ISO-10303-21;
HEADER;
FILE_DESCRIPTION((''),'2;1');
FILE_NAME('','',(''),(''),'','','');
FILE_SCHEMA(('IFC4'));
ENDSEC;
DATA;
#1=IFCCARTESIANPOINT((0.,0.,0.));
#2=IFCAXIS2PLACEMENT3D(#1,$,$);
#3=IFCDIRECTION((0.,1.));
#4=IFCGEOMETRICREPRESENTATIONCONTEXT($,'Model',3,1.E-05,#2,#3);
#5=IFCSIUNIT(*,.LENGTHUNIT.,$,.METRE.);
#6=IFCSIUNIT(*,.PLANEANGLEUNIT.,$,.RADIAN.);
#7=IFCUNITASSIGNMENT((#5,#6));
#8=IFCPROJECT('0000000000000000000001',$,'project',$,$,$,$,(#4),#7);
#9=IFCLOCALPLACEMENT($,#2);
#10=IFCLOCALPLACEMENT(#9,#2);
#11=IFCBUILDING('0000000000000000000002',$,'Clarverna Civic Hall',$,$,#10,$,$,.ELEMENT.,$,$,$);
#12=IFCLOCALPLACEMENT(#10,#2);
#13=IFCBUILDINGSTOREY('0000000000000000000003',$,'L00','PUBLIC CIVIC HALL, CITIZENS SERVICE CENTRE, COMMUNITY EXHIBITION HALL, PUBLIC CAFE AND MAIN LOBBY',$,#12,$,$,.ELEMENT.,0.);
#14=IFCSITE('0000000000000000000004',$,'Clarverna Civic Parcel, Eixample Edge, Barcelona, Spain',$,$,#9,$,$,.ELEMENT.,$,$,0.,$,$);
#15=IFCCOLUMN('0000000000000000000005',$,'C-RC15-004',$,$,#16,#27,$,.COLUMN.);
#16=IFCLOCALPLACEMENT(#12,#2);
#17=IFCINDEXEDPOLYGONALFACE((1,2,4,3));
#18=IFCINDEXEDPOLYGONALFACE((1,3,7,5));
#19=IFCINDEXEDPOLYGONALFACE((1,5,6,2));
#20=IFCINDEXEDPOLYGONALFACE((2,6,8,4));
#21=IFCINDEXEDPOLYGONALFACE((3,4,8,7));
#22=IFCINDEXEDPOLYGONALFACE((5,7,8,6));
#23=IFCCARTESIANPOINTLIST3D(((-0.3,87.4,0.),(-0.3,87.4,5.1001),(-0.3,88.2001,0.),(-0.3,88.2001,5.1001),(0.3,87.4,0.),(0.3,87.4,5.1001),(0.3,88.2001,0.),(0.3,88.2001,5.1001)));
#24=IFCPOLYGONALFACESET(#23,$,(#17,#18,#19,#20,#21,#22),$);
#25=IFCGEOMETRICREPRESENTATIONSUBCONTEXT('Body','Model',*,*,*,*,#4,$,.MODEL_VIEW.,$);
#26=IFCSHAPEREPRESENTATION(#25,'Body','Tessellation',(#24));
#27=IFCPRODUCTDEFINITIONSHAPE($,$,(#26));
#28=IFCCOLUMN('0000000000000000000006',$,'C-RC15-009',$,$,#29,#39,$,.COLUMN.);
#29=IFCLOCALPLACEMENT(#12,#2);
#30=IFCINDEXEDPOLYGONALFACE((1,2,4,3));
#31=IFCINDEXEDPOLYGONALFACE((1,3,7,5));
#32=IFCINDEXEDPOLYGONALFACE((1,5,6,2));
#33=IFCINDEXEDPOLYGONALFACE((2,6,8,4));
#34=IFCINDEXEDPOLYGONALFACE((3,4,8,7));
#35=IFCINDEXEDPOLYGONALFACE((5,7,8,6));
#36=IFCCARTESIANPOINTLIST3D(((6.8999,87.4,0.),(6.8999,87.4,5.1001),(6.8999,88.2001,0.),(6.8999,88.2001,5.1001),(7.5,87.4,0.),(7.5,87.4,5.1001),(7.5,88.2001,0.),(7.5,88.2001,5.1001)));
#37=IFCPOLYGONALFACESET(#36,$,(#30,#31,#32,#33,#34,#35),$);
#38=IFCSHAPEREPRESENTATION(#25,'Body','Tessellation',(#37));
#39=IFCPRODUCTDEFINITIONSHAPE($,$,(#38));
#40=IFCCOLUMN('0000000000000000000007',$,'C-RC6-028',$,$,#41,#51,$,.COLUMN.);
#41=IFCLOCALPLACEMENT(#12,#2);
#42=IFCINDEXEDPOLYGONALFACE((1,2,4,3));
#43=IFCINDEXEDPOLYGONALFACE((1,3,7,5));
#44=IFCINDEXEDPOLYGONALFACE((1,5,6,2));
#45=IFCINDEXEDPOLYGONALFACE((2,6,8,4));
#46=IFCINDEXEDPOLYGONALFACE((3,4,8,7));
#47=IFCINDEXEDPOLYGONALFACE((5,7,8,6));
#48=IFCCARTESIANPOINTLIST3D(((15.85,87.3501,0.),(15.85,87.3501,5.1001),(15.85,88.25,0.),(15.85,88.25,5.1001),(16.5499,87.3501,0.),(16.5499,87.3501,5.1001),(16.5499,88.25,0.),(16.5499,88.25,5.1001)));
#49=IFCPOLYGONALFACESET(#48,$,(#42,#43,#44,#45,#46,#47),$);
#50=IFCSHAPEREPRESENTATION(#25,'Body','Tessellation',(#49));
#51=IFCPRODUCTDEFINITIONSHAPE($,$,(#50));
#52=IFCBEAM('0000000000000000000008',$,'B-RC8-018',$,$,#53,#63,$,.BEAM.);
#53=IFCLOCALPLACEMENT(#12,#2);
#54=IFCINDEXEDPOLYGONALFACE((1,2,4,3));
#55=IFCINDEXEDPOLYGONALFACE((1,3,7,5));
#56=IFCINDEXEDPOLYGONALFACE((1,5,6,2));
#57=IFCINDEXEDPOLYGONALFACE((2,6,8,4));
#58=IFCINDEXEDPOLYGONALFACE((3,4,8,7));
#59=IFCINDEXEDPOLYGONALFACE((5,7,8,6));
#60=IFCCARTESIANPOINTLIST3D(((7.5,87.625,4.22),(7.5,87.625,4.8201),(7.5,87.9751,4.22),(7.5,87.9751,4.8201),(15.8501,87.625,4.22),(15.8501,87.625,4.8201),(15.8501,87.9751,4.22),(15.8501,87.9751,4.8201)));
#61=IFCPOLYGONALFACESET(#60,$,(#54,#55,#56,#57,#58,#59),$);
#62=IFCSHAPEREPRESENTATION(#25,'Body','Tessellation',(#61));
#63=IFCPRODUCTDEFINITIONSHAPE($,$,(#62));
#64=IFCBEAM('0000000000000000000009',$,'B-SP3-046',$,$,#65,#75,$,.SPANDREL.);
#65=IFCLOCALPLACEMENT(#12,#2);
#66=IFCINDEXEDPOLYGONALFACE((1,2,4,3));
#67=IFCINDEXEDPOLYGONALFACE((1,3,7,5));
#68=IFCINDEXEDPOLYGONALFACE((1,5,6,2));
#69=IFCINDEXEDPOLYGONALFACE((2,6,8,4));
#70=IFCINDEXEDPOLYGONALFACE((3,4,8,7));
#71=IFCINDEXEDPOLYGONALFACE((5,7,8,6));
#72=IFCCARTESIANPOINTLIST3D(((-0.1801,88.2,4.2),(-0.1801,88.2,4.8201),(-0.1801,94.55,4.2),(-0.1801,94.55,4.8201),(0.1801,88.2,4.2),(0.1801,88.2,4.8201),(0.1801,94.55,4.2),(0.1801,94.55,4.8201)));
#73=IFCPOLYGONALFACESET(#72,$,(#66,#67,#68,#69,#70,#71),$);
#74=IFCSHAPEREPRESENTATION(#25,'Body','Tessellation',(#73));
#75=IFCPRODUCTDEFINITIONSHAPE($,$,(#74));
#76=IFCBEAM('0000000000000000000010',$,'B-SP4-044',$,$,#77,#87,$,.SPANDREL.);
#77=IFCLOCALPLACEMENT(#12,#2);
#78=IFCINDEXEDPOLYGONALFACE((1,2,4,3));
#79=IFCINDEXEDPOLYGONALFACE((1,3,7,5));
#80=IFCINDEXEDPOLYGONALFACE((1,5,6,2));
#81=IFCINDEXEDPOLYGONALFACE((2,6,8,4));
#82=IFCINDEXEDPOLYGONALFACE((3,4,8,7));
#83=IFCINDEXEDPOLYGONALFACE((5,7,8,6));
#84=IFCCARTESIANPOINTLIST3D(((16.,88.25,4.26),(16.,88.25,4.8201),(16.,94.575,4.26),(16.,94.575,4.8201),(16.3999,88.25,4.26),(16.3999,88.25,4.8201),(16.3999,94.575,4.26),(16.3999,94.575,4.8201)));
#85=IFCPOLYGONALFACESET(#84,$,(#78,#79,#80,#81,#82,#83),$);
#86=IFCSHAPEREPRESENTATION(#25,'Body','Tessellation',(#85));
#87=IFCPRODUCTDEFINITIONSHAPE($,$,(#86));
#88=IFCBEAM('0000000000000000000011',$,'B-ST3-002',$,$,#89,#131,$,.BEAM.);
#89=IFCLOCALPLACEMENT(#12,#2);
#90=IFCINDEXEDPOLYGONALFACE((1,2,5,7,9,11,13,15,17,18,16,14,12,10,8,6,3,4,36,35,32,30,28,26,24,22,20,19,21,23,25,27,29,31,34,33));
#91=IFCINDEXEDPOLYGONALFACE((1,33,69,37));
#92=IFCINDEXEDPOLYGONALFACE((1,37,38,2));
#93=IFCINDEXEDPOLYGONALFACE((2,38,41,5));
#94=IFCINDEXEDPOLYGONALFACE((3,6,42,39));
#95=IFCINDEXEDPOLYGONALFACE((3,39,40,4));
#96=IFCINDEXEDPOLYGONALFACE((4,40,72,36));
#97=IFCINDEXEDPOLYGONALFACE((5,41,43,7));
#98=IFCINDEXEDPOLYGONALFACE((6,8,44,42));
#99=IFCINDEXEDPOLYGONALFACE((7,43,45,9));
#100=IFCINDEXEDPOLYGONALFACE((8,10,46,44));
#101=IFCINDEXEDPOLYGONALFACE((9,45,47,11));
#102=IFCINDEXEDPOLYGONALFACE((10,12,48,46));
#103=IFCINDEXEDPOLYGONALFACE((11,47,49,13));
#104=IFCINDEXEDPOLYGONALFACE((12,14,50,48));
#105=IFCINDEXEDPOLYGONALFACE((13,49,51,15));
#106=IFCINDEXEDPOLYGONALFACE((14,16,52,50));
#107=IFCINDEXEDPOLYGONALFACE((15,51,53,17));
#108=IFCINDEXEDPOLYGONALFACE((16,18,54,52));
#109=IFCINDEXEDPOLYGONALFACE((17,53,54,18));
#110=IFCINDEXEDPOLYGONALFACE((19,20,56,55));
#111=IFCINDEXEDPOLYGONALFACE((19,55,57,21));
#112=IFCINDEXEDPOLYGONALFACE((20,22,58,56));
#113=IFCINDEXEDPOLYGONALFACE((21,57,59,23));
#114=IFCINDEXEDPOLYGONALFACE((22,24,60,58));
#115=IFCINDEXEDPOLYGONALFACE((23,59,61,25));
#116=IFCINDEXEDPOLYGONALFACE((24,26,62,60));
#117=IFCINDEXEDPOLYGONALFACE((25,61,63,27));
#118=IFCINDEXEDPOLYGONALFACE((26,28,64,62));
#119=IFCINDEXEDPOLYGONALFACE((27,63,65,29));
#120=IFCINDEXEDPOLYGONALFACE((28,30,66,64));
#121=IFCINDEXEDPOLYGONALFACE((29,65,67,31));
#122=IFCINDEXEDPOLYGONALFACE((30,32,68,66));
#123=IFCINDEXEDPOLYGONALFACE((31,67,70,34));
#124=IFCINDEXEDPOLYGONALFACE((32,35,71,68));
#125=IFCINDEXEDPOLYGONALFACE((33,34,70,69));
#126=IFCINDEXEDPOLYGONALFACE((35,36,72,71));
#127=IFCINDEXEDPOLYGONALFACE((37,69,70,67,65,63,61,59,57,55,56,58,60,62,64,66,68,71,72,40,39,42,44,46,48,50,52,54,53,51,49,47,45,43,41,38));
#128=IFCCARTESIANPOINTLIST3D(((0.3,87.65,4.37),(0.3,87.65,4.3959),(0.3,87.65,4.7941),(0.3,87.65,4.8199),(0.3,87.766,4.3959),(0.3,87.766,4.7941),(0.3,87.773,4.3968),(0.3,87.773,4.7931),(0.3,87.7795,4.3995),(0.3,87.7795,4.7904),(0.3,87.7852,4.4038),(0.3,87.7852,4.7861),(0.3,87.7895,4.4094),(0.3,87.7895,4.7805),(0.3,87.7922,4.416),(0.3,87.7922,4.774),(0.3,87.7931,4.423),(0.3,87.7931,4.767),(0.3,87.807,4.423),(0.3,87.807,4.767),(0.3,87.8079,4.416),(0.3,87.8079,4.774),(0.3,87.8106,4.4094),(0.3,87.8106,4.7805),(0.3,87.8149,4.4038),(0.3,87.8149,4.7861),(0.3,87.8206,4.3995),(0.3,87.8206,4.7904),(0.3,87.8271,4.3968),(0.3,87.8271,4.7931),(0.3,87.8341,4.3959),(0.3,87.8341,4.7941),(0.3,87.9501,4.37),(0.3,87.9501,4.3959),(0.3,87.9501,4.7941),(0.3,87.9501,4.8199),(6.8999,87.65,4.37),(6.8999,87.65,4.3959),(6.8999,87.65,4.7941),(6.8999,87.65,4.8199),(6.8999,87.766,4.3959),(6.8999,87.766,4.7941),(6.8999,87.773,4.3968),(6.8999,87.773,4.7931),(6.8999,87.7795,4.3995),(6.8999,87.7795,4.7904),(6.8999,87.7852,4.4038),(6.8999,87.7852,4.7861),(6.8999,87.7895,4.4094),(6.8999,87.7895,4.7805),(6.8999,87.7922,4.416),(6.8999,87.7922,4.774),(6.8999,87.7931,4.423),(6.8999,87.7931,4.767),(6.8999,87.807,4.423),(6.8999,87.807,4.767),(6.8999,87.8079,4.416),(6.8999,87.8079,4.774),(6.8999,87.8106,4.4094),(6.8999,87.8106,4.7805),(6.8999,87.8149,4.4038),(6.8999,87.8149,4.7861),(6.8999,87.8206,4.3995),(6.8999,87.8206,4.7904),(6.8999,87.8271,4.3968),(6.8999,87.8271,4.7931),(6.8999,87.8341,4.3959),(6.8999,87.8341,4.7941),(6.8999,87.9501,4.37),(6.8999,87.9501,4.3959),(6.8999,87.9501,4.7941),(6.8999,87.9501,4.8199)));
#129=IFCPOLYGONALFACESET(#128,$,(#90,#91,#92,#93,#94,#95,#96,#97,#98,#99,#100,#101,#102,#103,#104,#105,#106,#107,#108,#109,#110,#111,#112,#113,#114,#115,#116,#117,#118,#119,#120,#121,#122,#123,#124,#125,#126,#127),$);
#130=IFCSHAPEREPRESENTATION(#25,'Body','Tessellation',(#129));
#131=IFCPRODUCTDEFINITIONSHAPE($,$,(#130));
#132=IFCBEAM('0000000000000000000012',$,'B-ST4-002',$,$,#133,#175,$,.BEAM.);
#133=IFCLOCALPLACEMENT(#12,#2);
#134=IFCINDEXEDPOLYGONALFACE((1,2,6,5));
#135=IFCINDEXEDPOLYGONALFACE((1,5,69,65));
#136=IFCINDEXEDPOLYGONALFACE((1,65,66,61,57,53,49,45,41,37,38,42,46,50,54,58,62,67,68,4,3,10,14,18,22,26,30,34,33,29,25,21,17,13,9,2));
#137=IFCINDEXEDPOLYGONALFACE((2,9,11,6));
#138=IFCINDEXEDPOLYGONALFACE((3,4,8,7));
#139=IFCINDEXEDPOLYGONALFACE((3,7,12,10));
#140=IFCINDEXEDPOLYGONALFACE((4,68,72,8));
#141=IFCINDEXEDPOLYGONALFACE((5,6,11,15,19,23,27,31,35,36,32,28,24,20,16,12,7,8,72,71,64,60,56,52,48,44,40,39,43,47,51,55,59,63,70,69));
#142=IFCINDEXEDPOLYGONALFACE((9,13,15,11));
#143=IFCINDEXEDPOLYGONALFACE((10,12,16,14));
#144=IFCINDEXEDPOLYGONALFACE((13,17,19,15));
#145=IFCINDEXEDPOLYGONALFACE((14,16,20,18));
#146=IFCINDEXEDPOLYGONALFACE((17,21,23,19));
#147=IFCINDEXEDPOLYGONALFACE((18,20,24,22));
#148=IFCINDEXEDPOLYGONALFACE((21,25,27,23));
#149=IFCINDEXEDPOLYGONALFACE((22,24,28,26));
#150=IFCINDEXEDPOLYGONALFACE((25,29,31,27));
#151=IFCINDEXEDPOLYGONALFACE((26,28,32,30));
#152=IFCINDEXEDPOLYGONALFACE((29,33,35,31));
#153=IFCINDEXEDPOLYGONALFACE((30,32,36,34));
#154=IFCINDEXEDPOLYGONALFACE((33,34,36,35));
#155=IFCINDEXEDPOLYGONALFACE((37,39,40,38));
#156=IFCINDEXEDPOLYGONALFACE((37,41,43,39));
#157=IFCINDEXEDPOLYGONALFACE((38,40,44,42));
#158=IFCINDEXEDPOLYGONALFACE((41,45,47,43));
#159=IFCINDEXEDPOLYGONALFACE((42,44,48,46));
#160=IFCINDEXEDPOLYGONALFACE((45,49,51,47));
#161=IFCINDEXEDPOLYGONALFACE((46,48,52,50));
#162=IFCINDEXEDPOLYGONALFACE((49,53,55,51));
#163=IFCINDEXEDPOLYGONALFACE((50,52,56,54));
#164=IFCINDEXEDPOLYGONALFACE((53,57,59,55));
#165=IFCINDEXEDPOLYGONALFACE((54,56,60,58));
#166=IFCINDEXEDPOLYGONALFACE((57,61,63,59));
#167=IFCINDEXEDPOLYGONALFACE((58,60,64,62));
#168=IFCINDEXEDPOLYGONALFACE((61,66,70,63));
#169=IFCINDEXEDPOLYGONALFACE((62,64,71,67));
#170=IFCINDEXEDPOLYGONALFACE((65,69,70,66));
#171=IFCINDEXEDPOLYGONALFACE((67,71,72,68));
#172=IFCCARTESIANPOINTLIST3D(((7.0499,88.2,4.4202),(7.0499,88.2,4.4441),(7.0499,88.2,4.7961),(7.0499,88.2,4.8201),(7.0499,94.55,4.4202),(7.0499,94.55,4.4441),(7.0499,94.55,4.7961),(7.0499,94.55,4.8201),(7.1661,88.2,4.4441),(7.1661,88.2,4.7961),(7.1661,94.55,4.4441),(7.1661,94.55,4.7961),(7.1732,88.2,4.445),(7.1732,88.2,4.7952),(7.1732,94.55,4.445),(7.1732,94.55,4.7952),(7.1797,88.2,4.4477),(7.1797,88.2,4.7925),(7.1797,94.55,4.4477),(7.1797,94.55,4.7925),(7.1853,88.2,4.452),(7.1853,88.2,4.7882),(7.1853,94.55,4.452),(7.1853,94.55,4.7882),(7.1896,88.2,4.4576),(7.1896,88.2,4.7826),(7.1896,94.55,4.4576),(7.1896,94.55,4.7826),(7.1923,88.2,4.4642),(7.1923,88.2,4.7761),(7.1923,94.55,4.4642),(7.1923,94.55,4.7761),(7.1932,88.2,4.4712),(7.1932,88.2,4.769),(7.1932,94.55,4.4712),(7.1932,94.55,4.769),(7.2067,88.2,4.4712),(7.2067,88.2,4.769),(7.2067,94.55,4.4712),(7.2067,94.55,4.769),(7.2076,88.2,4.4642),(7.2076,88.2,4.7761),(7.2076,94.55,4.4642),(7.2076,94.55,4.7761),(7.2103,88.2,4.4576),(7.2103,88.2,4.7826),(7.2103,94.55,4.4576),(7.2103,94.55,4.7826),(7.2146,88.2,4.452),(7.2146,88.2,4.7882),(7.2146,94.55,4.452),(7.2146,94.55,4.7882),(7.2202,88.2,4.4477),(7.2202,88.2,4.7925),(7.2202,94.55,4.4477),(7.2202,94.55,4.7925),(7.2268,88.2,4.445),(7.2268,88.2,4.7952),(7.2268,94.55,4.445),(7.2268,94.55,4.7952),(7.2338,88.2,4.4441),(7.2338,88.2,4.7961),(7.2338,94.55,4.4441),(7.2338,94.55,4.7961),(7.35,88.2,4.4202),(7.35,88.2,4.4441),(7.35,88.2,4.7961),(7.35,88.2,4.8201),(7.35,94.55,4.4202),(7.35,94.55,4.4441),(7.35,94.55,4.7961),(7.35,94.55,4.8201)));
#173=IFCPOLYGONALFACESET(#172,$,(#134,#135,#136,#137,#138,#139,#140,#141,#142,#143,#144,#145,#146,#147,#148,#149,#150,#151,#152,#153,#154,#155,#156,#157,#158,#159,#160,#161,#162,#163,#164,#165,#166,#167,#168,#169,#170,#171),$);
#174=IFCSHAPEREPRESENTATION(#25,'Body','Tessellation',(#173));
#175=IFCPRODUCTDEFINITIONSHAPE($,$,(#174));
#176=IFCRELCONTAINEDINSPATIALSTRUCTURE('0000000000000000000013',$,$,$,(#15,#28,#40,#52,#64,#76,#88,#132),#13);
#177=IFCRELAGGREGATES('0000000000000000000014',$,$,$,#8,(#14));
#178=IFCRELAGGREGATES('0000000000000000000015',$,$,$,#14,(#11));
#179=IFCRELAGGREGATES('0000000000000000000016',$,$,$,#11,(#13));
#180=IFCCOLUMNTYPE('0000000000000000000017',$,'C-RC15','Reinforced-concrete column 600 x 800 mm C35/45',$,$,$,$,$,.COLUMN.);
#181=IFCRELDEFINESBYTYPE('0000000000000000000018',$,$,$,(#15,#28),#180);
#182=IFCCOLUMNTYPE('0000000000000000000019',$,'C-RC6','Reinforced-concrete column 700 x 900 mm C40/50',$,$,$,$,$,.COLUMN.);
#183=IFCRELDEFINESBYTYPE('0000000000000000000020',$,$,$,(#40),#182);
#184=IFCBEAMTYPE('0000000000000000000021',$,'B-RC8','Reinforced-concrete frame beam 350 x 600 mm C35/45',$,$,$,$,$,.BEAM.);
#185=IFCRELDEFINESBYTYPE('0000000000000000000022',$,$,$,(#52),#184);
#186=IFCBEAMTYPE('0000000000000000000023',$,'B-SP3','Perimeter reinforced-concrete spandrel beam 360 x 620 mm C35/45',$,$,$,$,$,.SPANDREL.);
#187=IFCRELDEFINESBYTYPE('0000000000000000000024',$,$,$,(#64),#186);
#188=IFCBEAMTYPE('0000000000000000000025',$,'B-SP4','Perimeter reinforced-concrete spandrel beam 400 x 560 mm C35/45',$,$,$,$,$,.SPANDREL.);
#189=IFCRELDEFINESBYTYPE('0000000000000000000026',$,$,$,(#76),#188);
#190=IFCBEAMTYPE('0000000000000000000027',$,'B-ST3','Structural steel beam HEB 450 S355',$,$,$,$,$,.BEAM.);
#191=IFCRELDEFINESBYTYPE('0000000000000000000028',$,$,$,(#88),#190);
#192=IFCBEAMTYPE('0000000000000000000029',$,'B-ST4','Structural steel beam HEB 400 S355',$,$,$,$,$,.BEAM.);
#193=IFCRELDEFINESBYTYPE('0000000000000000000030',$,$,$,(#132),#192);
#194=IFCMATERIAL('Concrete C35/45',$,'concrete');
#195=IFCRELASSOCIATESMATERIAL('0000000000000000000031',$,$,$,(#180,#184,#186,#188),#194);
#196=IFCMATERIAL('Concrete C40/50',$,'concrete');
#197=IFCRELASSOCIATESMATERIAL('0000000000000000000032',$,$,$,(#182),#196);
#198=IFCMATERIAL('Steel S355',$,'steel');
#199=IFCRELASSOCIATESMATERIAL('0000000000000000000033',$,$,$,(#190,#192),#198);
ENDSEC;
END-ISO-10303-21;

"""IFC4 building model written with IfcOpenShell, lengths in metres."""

from ifc_helpers import new_model, si_unit, direction, frame, origin, origin_2d, place, context, subcontext, project, spatial, rectangle, i_section, extrude, material, material_profile, profile_set, type_object, element, save


model = new_model("IFC4")

# Units and contexts
model_context = context("Model", 3, precision=1e-05, world=origin(), true_north=direction((0.0, 1.0)))
body_context = subcontext(model_context, "Body", "Model", "MODEL_VIEW")
ifc_project = project(units=[si_unit("LENGTHUNIT", "METRE"), si_unit("PLANEANGLEUNIT", "RADIAN")], contexts=[model_context])

# Site, building, storey
site_placement = place(None, origin())
site = spatial("IfcSite", under=ifc_project, at=site_placement, Name="Clarverna Civic Parcel, Eixample Edge, Barcelona, Spain", CompositionType="ELEMENT", RefElevation=0.0)
building_placement = place(site_placement, origin())
building = spatial("IfcBuilding", under=site, at=building_placement, Name="Clarverna Civic Hall", CompositionType="ELEMENT")
storey_placement = place(building_placement, origin())
storey = spatial("IfcBuildingStorey", under=building, at=storey_placement, Name="L00", Description="PUBLIC CIVIC HALL, CITIZENS SERVICE CENTRE, COMMUNITY EXHIBITION HALL, PUBLIC CAFE AND MAIN LOBBY", CompositionType="ELEMENT", Elevation=0.0)

# Columns
ifc_material_1 = material(Name="Concrete C35/45", Category="concrete")
ifc_material_profile_1 = material_profile(ifc_material_1, rectangle(XDim=0.6001, YDim=0.8, at=origin_2d()), Name="RC 600x800")
ifc_profile_set_1 = profile_set([ifc_material_profile_1], Name="Concrete C35/45")
column_type_1 = type_object("IfcColumnType", Name="C-RC15", Description="Reinforced-concrete column 600 x 800 mm C35/45", PredefinedType="COLUMN", material=ifc_profile_set_1)
for number, where, z_axis, x_axis, name in (
    (1, (0.0, 87.8, 0.0), (0.0, 0.0, 1.0), (1.0, 0.0, 0.0), "C-RC15-004"),
    (2, (7.2, 87.8, 0.0), (0.0, 0.0, 1.0), (1.0, 0.0, 0.0), "C-RC15-009"),
):
    element("IfcColumn", number, at=place(storey_placement, frame(where, z_axis=z_axis, x_axis=x_axis)), inside=storey, type_object=column_type_1, Name=name, PredefinedType="COLUMN", context=body_context, shape_type="SweptSolid", body=[
        extrude(rectangle(XDim=0.6001, YDim=0.8, at=origin_2d()), origin(), (0.0, 0.0, 1.0), 5.1001),
    ])
ifc_material_2 = material(Name="Concrete C40/50", Category="concrete")
ifc_material_profile_2 = material_profile(ifc_material_2, rectangle(XDim=0.7, YDim=0.8999, at=origin_2d()), Name="RC 700x900")
ifc_profile_set_2 = profile_set([ifc_material_profile_2], Name="Concrete C40/50")
column_type_2 = type_object("IfcColumnType", Name="C-RC6", Description="Reinforced-concrete column 700 x 900 mm C40/50", PredefinedType="COLUMN", material=ifc_profile_set_2)
column_placement = place(storey_placement, frame((16.2, 87.8, 0.0), z_axis=(0.0, 0.0, 1.0), x_axis=(1.0, 0.0, 0.0)))
element("IfcColumn", 3, at=column_placement, inside=storey, type_object=column_type_2, Name="C-RC6-028", PredefinedType="COLUMN", context=body_context, shape_type="SweptSolid", body=[
    extrude(rectangle(XDim=0.7, YDim=0.8999, at=origin_2d()), origin(), (0.0, 0.0, 1.0), 5.1001),
])

# Beams
ifc_material_profile_3 = material_profile(ifc_material_1, rectangle(XDim=0.3501, YDim=0.6001, at=origin_2d()), Name="RC 350x600")
ifc_profile_set_3 = profile_set([ifc_material_profile_3], Name="Concrete C35/45")
beam_type_1 = type_object("IfcBeamType", Name="B-RC8", Description="Reinforced-concrete frame beam 350 x 600 mm C35/45", PredefinedType="BEAM", material=ifc_profile_set_3)
beam_1_placement = place(storey_placement, frame((7.5, 87.8, 4.52), z_axis=(1.0, 0.0, 0.0), x_axis=(0.0, 1.0, 0.0)))
element("IfcBeam", 4, at=beam_1_placement, inside=storey, type_object=beam_type_1, Name="B-RC8-018", PredefinedType="BEAM", context=body_context, shape_type="SweptSolid", body=[
    extrude(rectangle(XDim=0.3501, YDim=0.6001, at=origin_2d()), origin(), (0.0, 0.0, 1.0), 8.3501),
])
ifc_material_profile_4 = material_profile(ifc_material_1, rectangle(XDim=0.3601, YDim=0.6201, at=origin_2d()), Name="RC 360x620")
ifc_profile_set_4 = profile_set([ifc_material_profile_4], Name="Concrete C35/45")
beam_type_2 = type_object("IfcBeamType", Name="B-SP3", Description="Perimeter reinforced-concrete spandrel beam 360 x 620 mm C35/45", PredefinedType="SPANDREL", material=ifc_profile_set_4)
beam_2_placement = place(storey_placement, frame((0.0, 88.2, 4.51), z_axis=(0.0, 1.0, 0.0), x_axis=(-1.0, 0.0, 0.0)))
element("IfcBeam", 5, at=beam_2_placement, inside=storey, type_object=beam_type_2, Name="B-SP3-046", PredefinedType="SPANDREL", context=body_context, shape_type="SweptSolid", body=[
    extrude(rectangle(XDim=0.3601, YDim=0.6201, at=origin_2d()), origin(), (0.0, 0.0, 1.0), 6.3501),
])
ifc_material_profile_5 = material_profile(ifc_material_1, rectangle(XDim=0.3999, YDim=0.5601, at=origin_2d()), Name="RC 400x560")
ifc_profile_set_5 = profile_set([ifc_material_profile_5], Name="Concrete C35/45")
beam_type_3 = type_object("IfcBeamType", Name="B-SP4", Description="Perimeter reinforced-concrete spandrel beam 400 x 560 mm C35/45", PredefinedType="SPANDREL", material=ifc_profile_set_5)
beam_3_placement = place(storey_placement, frame((16.2, 88.25, 4.54), z_axis=(0.0, 1.0, 0.0), x_axis=(-1.0, 0.0, 0.0)))
element("IfcBeam", 6, at=beam_3_placement, inside=storey, type_object=beam_type_3, Name="B-SP4-044", PredefinedType="SPANDREL", context=body_context, shape_type="SweptSolid", body=[
    extrude(rectangle(XDim=0.3999, YDim=0.5601, at=origin_2d()), origin(), (0.0, 0.0, 1.0), 6.325),
])
ifc_material_3 = material(Name="Steel S355", Category="steel")
ifc_material_profile_6 = material_profile(ifc_material_3, i_section(OverallWidth=0.3, OverallDepth=0.45, WebThickness=0.0139, FlangeThickness=0.0259, FilletRadius=0.0271, at=origin_2d()), Name="HEB 450")
ifc_profile_set_6 = profile_set([ifc_material_profile_6], Name="Steel S355")
beam_type_4 = type_object("IfcBeamType", Name="B-ST3", Description="Structural steel beam HEB 450 S355", PredefinedType="BEAM", material=ifc_profile_set_6)
beam_4_placement = place(storey_placement, frame((0.3, 87.8, 4.595), z_axis=(1.0, 0.0, 0.0), x_axis=(0.0, 1.0, 0.0)))
element("IfcBeam", 7, at=beam_4_placement, inside=storey, type_object=beam_type_4, Name="B-ST3-002", PredefinedType="BEAM", context=body_context, shape_type="SweptSolid", body=[
    extrude(i_section(OverallWidth=0.3, OverallDepth=0.45, WebThickness=0.0139, FlangeThickness=0.0259, FilletRadius=0.0271, at=origin_2d()), origin(), (0.0, 0.0, 1.0), 6.5999),
])
ifc_material_profile_7 = material_profile(ifc_material_3, i_section(OverallWidth=0.3, OverallDepth=0.3999, WebThickness=0.0134, FlangeThickness=0.0239, FilletRadius=0.0271, at=origin_2d()), Name="HEB 400")
ifc_profile_set_7 = profile_set([ifc_material_profile_7], Name="Steel S355")
beam_type_5 = type_object("IfcBeamType", Name="B-ST4", Description="Structural steel beam HEB 400 S355", PredefinedType="BEAM", material=ifc_profile_set_7)
beam_5_placement = place(storey_placement, frame((7.2, 88.2, 4.6201), z_axis=(0.0, 1.0, 0.0), x_axis=(-1.0, 0.0, 0.0)))
element("IfcBeam", 8, at=beam_5_placement, inside=storey, type_object=beam_type_5, Name="B-ST4-002", PredefinedType="BEAM", context=body_context, shape_type="SweptSolid", body=[
    extrude(i_section(OverallWidth=0.3, OverallDepth=0.3999, WebThickness=0.0134, FlangeThickness=0.0239, FilletRadius=0.0271, at=origin_2d()), origin(), (0.0, 0.0, 1.0), 6.3501),
])

save(model, "model.ifc")
